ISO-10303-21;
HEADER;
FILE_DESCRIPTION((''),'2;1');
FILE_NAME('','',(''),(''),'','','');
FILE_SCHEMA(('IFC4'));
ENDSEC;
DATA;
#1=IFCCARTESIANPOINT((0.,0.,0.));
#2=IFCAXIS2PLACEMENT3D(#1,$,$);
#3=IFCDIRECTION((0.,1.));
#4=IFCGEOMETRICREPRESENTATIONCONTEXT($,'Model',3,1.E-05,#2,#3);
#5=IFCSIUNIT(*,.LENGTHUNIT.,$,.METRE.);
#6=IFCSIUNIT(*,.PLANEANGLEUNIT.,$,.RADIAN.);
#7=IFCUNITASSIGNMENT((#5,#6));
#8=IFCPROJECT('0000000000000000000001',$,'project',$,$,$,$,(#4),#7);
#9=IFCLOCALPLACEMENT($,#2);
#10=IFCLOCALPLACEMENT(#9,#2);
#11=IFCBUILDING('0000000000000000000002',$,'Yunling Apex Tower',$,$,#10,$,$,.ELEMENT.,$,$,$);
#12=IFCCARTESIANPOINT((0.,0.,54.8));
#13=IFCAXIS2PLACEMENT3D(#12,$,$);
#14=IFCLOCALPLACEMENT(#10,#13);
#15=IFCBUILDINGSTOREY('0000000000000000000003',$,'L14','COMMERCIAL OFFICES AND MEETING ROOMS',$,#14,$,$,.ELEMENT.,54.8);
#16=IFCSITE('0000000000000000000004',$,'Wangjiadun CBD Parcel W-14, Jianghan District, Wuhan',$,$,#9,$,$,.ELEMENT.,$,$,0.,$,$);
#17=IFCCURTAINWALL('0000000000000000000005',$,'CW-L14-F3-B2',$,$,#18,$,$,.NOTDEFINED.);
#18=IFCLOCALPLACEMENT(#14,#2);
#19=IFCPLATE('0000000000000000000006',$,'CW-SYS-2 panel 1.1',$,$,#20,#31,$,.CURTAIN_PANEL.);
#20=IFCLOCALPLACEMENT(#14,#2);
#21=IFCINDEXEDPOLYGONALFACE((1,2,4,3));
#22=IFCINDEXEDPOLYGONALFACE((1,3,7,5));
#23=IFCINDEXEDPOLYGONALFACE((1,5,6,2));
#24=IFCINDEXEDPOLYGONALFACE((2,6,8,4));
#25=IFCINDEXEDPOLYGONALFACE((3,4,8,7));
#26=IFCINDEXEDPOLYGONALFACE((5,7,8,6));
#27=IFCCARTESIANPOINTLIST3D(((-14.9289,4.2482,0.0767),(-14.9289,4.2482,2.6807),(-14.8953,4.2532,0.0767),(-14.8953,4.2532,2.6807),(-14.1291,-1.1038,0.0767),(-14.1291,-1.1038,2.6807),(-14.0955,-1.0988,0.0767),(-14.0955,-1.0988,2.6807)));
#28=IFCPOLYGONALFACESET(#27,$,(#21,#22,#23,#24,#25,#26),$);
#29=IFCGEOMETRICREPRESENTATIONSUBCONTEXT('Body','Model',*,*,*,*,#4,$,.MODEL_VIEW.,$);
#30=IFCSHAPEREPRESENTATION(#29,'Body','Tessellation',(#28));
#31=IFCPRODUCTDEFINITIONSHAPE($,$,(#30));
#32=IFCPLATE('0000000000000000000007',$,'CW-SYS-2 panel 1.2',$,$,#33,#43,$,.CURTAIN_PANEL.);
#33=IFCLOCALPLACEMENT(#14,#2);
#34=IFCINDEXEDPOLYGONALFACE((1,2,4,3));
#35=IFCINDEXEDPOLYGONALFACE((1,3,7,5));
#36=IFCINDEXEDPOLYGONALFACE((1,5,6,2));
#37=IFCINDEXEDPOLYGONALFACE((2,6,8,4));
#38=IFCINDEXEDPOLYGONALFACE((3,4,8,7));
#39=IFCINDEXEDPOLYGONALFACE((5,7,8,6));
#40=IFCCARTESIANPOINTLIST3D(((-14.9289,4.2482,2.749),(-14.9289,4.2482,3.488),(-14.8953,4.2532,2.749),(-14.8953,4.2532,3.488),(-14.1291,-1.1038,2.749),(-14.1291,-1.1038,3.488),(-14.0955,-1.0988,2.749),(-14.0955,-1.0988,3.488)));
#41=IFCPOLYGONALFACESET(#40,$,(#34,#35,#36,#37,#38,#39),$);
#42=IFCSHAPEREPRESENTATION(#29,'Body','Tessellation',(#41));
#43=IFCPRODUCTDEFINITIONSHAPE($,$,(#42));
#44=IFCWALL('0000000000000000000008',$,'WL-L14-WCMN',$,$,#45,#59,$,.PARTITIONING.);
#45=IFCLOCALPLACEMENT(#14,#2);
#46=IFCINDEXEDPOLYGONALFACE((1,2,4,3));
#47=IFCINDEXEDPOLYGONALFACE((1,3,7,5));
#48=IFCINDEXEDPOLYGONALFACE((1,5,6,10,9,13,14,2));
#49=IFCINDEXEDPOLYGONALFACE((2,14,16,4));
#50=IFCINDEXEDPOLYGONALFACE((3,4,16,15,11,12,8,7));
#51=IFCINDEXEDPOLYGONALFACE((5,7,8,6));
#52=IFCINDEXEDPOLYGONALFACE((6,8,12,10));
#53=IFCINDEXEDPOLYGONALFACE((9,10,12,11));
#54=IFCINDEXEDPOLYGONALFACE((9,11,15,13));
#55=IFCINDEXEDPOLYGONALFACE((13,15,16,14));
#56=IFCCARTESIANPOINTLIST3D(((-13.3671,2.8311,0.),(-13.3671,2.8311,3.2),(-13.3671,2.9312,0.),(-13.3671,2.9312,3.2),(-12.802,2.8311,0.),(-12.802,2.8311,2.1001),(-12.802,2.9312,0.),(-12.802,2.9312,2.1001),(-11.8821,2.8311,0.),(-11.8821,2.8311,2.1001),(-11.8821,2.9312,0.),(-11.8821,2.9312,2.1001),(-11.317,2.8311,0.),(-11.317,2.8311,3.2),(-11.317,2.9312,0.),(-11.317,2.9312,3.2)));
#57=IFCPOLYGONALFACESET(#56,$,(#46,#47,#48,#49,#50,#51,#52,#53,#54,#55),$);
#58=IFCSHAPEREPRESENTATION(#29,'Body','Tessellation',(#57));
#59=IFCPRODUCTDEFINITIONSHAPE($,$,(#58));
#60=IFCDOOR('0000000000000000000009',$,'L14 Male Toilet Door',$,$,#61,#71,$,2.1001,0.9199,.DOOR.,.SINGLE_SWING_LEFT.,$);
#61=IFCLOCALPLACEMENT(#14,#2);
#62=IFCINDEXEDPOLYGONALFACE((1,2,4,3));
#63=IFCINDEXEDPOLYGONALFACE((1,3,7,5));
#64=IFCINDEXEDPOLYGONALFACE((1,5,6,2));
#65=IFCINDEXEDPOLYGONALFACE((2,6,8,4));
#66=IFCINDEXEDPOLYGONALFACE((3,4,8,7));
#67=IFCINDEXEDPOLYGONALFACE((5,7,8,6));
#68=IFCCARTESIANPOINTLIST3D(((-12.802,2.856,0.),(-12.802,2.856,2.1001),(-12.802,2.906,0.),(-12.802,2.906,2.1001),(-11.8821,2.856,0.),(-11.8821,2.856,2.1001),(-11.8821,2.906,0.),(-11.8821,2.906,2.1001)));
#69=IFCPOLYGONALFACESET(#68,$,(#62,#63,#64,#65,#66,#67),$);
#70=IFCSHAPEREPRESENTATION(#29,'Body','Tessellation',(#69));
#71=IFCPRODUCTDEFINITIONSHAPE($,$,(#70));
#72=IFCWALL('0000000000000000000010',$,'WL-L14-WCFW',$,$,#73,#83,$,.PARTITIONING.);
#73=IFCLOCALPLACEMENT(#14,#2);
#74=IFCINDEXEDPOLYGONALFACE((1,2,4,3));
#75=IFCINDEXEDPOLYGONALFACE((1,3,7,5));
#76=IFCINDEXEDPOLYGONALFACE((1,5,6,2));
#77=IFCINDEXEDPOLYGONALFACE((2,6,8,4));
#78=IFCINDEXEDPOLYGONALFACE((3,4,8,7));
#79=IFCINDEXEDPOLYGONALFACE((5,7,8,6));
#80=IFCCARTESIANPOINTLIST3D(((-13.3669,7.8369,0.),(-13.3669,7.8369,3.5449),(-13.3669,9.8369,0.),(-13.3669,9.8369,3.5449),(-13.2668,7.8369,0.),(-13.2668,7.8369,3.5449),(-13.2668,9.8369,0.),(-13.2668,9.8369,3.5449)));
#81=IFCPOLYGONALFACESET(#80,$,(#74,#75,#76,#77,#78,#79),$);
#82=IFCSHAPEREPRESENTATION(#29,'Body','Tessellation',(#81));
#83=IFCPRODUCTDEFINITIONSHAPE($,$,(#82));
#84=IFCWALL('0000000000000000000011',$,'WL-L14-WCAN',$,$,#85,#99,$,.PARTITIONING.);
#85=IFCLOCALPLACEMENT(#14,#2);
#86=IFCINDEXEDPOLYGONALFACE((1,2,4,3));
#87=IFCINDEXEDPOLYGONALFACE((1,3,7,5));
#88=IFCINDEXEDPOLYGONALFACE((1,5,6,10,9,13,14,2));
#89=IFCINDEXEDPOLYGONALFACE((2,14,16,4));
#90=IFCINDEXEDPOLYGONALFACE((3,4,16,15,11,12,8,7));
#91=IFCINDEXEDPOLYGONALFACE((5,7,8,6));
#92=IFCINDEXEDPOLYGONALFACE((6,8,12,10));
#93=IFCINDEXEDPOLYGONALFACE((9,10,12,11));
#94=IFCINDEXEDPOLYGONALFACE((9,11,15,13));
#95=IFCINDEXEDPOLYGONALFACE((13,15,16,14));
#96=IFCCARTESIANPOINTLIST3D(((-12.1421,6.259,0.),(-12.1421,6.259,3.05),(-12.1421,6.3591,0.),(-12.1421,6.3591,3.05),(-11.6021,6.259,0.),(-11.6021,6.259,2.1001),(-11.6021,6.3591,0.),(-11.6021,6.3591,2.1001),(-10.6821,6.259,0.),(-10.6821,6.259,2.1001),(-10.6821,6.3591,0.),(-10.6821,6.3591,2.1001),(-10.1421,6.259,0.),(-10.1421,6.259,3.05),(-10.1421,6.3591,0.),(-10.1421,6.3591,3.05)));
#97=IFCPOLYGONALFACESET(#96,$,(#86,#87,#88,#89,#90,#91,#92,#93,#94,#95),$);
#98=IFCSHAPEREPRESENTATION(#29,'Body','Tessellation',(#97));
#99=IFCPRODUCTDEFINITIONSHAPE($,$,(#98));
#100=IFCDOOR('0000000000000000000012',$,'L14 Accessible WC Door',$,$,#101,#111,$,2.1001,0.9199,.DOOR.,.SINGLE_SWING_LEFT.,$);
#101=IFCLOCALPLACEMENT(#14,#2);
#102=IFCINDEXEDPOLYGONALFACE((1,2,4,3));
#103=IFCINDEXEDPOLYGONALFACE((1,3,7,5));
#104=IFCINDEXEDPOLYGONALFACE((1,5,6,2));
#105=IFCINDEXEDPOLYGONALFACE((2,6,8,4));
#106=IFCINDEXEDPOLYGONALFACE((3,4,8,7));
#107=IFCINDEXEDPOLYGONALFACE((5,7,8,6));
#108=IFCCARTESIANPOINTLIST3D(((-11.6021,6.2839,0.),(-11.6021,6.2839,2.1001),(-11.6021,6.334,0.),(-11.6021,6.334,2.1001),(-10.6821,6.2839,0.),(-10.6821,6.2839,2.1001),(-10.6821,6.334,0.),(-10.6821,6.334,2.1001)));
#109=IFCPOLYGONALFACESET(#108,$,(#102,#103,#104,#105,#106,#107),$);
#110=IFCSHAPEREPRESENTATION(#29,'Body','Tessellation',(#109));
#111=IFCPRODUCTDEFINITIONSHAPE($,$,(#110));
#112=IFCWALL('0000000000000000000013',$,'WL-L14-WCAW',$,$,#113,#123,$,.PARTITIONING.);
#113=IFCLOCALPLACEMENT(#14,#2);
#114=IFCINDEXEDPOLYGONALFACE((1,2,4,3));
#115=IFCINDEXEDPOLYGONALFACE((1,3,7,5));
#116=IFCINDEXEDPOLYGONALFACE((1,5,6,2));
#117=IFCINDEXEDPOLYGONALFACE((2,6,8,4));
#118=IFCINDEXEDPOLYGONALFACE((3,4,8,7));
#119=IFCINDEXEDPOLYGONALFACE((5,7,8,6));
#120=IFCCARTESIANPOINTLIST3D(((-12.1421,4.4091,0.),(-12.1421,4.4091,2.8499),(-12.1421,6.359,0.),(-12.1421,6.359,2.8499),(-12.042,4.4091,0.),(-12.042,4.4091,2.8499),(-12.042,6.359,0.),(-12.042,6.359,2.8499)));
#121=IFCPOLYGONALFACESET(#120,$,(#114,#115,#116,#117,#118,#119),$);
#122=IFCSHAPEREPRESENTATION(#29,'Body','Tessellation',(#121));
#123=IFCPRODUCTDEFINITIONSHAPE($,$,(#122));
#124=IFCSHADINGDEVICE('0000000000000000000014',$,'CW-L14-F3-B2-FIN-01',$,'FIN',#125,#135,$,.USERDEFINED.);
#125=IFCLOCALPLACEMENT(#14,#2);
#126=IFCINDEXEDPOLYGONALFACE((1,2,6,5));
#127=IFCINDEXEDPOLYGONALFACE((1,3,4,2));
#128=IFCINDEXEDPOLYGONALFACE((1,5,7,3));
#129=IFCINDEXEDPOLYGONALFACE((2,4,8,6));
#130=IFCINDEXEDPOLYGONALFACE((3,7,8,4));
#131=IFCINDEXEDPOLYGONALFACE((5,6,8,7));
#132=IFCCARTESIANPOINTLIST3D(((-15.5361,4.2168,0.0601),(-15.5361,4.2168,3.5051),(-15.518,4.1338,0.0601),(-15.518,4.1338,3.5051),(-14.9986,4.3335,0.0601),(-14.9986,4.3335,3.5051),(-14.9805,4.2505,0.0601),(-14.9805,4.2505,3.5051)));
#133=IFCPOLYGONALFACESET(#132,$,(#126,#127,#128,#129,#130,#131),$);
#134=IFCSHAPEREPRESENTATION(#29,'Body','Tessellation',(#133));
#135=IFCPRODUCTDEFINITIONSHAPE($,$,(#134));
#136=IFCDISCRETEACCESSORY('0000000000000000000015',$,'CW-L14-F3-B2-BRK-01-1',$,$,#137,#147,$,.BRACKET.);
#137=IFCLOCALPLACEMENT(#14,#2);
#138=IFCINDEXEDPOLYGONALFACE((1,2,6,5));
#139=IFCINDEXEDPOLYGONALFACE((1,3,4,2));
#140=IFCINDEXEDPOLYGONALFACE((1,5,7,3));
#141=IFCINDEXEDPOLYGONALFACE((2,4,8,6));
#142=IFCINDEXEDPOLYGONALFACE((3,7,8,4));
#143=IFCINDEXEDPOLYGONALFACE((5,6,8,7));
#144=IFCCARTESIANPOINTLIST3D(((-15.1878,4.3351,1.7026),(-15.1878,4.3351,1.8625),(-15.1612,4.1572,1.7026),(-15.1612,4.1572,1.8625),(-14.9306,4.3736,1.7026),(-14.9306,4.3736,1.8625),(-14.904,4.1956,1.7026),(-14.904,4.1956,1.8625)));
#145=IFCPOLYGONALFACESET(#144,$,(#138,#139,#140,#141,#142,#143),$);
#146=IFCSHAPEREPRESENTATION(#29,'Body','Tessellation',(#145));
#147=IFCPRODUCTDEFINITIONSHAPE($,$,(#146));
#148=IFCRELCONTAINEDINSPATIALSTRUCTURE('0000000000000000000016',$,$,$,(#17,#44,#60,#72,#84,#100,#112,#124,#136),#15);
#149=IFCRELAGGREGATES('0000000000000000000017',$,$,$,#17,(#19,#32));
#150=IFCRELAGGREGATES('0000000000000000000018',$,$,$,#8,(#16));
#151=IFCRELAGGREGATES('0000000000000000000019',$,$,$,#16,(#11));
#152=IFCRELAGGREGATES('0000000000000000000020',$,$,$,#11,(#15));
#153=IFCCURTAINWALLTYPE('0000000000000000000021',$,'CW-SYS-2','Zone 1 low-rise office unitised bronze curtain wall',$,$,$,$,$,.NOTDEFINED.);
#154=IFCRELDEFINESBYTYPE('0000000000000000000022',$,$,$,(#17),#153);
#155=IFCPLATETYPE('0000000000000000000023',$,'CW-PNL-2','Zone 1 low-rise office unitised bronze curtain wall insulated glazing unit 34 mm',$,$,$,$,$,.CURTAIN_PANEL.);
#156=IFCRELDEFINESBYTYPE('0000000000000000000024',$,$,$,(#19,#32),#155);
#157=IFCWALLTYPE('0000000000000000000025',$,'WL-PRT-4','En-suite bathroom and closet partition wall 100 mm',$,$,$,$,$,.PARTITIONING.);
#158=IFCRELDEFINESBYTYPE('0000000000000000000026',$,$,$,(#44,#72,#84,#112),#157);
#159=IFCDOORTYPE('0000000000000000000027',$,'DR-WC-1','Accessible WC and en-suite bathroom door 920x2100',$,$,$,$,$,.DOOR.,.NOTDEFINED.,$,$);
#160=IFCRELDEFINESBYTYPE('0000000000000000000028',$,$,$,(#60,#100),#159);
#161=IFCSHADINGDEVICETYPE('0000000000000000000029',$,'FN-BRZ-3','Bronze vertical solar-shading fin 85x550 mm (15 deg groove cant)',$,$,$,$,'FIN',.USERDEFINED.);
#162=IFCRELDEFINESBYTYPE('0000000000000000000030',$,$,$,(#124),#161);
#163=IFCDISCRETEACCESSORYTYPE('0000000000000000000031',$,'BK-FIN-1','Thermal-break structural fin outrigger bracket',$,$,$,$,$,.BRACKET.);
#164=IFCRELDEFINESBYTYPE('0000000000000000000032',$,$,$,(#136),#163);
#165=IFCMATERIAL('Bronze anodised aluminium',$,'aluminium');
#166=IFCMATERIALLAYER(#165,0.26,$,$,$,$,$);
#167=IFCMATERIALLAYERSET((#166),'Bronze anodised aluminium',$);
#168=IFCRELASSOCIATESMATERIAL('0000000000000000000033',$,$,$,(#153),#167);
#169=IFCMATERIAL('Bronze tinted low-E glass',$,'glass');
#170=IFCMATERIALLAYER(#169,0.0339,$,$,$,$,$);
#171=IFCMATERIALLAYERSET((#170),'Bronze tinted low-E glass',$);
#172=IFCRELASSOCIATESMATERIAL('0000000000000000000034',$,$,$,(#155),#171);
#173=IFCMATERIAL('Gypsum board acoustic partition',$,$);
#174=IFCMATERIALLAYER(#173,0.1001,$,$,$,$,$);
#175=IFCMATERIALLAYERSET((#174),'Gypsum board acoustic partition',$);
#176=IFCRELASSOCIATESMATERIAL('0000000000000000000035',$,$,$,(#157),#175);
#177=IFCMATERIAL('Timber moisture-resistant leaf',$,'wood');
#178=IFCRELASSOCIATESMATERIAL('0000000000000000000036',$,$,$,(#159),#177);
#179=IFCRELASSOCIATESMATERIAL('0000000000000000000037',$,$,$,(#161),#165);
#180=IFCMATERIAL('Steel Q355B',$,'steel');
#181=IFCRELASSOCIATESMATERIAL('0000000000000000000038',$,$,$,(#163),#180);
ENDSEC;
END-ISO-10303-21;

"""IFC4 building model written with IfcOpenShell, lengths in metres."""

from ifc_helpers import new_model, si_unit, direction, frame, frame_2d, origin, origin_2d, place, context, subcontext, project, spatial, rectangle, extrude, source, transform, mapped, material, layer, layer_set, material_profile, profile_set, type_object, element, fill, aggregate, save


model = new_model("IFC4")

# Units and contexts
model_context = context("Model", 3, precision=1e-05, world=origin(), true_north=direction((0.0, 1.0)))
body_context = subcontext(model_context, "Body", "Model", "MODEL_VIEW")
ifc_project = project(units=[si_unit("LENGTHUNIT", "METRE"), si_unit("PLANEANGLEUNIT", "RADIAN")], contexts=[model_context])

# Site, building, storey
site_placement = place(None, origin())
site = spatial("IfcSite", under=ifc_project, at=site_placement, Name="Wangjiadun CBD Parcel W-14, Jianghan District, Wuhan", CompositionType="ELEMENT", RefElevation=0.0)
building_placement = place(site_placement, origin())
building = spatial("IfcBuilding", under=site, at=building_placement, Name="Yunling Apex Tower", CompositionType="ELEMENT")
storey_placement = place(building_placement, frame((0.0, 0.0, 54.8)))
storey = spatial("IfcBuildingStorey", under=building, at=storey_placement, Name="L14", Description="COMMERCIAL OFFICES AND MEETING ROOMS", CompositionType="ELEMENT", Elevation=54.8)

# Shared definitions
ifc_material_1 = material(Name="Steel Q355B", Category="steel")

# Shared definitions
ifc_material_2 = material(Name="Bronze anodised aluminium", Category="aluminium")
ifc_layer_1 = layer(ifc_material_2, 0.26)
ifc_layer_set_1 = layer_set([ifc_layer_1], Name="Bronze anodised aluminium")
curtain_wall_type = type_object("IfcCurtainWallType", Name="CW-SYS-2", Description="Zone 1 low-rise office unitised bronze curtain wall", PredefinedType="NOTDEFINED", material=ifc_layer_set_1)

# Curtain wall
curtain_wall_1_placement = place(storey_placement, origin())
curtain_wall_1 = element("IfcCurtainWall", 1, at=curtain_wall_1_placement, inside=storey, type_object=curtain_wall_type, Name="CW-L14-F3-B2", PredefinedType="NOTDEFINED")

# Plates
ifc_material_3 = material(Name="Bronze tinted low-E glass", Category="glass")
ifc_layer_2 = layer(ifc_material_3, 0.0339)
ifc_layer_set_2 = layer_set([ifc_layer_2], Name="Bronze tinted low-E glass")
plate_type_1 = type_object("IfcPlateType", Name="CW-PNL-2", Description="Zone 1 low-rise office unitised bronze curtain wall insulated glazing unit 34 mm", PredefinedType="CURTAIN_PANEL", material=ifc_layer_set_2)
shared_shape_1 = source(origin(), body_context, "Body", "SweptSolid", [
    extrude(rectangle(XDim=5.4114, YDim=0.0339, at=origin_2d()), origin(), (0.0, 0.0, 1.0), 2.604),
])
plate_1_placement = place(storey_placement, frame((-14.5122, 1.5747, 0.0767), z_axis=(0.0, 0.0, 1.0), x_axis=(0.147801, -0.989017, 0.0)))
plate_1 = element("IfcPlate", 2, at=plate_1_placement, type_object=plate_type_1, Name="CW-SYS-2 panel 1.1", PredefinedType="CURTAIN_PANEL", context=body_context, shape_type="MappedRepresentation", body=[
    mapped(shared_shape_1, transform((0.0, 0.0, 0.0), scale=1.0)),
])
shared_shape_2 = source(origin(), body_context, "Body", "SweptSolid", [
    extrude(rectangle(XDim=5.4114, YDim=0.0339, at=origin_2d()), origin(), (0.0, 0.0, 1.0), 0.739),
])
plate_2_placement = place(storey_placement, frame((-14.5122, 1.5747, 2.749), z_axis=(0.0, 0.0, 1.0), x_axis=(0.147801, -0.989017, 0.0)))
plate_2 = element("IfcPlate", 3, at=plate_2_placement, type_object=plate_type_1, Name="CW-SYS-2 panel 1.2", PredefinedType="CURTAIN_PANEL", context=body_context, shape_type="MappedRepresentation", body=[
    mapped(shared_shape_2, transform((0.0, 0.0, 0.0), scale=1.0)),
])
aggregate(curtain_wall_1, [plate_1, plate_2])

# Wall, opening, door
ifc_material_4 = material(Name="Gypsum board acoustic partition")
ifc_layer_3 = layer(ifc_material_4, 0.1001)
ifc_layer_set_3 = layer_set([ifc_layer_3], Name="Gypsum board acoustic partition")
wall_type = type_object("IfcWallType", Name="WL-PRT-4", Description="En-suite bathroom and closet partition wall 100 mm", PredefinedType="PARTITIONING", material=ifc_layer_set_3)
wall_1_placement = place(storey_placement, frame((-13.3669, 2.8811, 0.0), z_axis=(0.0, 0.0, 1.0), x_axis=(1.0, 0.0, 0.0)))
wall_1 = element("IfcWall", 4, at=wall_1_placement, inside=storey, type_object=wall_type, Name="WL-L14-WCMN", PredefinedType="PARTITIONING", context=body_context, shape_type="SweptSolid", body=[
    extrude(rectangle(XDim=2.05, YDim=0.1001, at=frame_2d((1.0249, 0.0))), origin(), (0.0, 0.0, 1.0), 3.2),
])
opening_1_placement = place(wall_1_placement, frame((0.5649, 0.0, 0.0)))
opening_1 = element("IfcOpeningElement", 5, at=opening_1_placement, cuts=wall_1, PredefinedType="OPENING", context=body_context, shape_type="SweptSolid", body=[
    extrude(rectangle(XDim=0.9199, YDim=2.1001, at=frame_2d((0.46, 1.05))), frame((0.0, 0.0601, 0.0), z_axis=(0.0, -1.0, 0.0), x_axis=(1.0, 0.0, 0.0)), (0.0, 0.0, 1.0), 0.1201),
])
ifc_material_5 = material(Name="Timber moisture-resistant leaf", Category="wood")
door_type = type_object("IfcDoorType", Name="DR-WC-1", Description="Accessible WC and en-suite bathroom door 920x2100", OperationType="NOTDEFINED", PredefinedType="DOOR", material=ifc_material_5)
door_1_placement = place(opening_1_placement, origin())
door_1 = element("IfcDoor", 6, at=door_1_placement, inside=storey, type_object=door_type, Name="L14 Male Toilet Door", OperationType="SINGLE_SWING_LEFT", OverallHeight=2.1001, OverallWidth=0.9199, PredefinedType="DOOR", context=body_context, shape_type="SweptSolid", body=[
    extrude(rectangle(XDim=0.9199, YDim=2.1001, at=frame_2d((0.46, 1.05))), frame((0.0, 0.0249, 0.0), z_axis=(0.0, -1.0, 0.0), x_axis=(1.0, 0.0, 0.0)), (0.0, 0.0, 1.0), 0.05),
])
fill(opening_1, door_1)

# Wall
wall_2_placement = place(storey_placement, frame((-13.3169, 7.8369, 0.0), z_axis=(0.0, 0.0, 1.0), x_axis=(0.0, 1.0, 0.0)))
element("IfcWall", 7, at=wall_2_placement, inside=storey, type_object=wall_type, Name="WL-L14-WCFW", PredefinedType="PARTITIONING", context=body_context, shape_type="SweptSolid", body=[
    extrude(rectangle(XDim=2.0, YDim=0.1001, at=frame_2d((1.0, 0.0))), origin(), (0.0, 0.0, 1.0), 3.5449),
])

# Wall, opening, door
wall_3_placement = place(storey_placement, frame((-12.1421, 6.3091, 0.0), z_axis=(0.0, 0.0, 1.0), x_axis=(1.0, 0.0, 0.0)))
wall_3 = element("IfcWall", 8, at=wall_3_placement, inside=storey, type_object=wall_type, Name="WL-L14-WCAN", PredefinedType="PARTITIONING", context=body_context, shape_type="SweptSolid", body=[
    extrude(rectangle(XDim=2.0, YDim=0.1001, at=frame_2d((1.0, 0.0))), origin(), (0.0, 0.0, 1.0), 3.05),
])
opening_2_placement = place(wall_3_placement, frame((0.54, 0.0, 0.0)))
opening_2 = element("IfcOpeningElement", 9, at=opening_2_placement, cuts=wall_3, PredefinedType="OPENING", context=body_context, shape_type="SweptSolid", body=[
    extrude(rectangle(XDim=0.9199, YDim=2.1001, at=frame_2d((0.46, 1.05))), frame((0.0, 0.0601, 0.0), z_axis=(0.0, -1.0, 0.0), x_axis=(1.0, 0.0, 0.0)), (0.0, 0.0, 1.0), 0.1201),
])
door_2_placement = place(opening_2_placement, origin())
door_2 = element("IfcDoor", 10, at=door_2_placement, inside=storey, type_object=door_type, Name="L14 Accessible WC Door", OperationType="SINGLE_SWING_LEFT", OverallHeight=2.1001, OverallWidth=0.9199, PredefinedType="DOOR", context=body_context, shape_type="SweptSolid", body=[
    extrude(rectangle(XDim=0.9199, YDim=2.1001, at=frame_2d((0.46, 1.05))), frame((0.0, 0.0249, 0.0), z_axis=(0.0, -1.0, 0.0), x_axis=(1.0, 0.0, 0.0)), (0.0, 0.0, 1.0), 0.05),
])
fill(opening_2, door_2)

# Wall
wall_4_placement = place(storey_placement, frame((-12.092, 4.4089, 0.0), z_axis=(0.0, 0.0, 1.0), x_axis=(0.0, 1.0, 0.0)))
element("IfcWall", 11, at=wall_4_placement, inside=storey, type_object=wall_type, Name="WL-L14-WCAW", PredefinedType="PARTITIONING", context=body_context, shape_type="SweptSolid", body=[
    extrude(rectangle(XDim=1.95, YDim=0.1001, at=frame_2d((0.9751, 0.0))), origin(), (0.0, 0.0, 1.0), 2.8499),
])

# Shading device
ifc_material_profile_1 = material_profile(ifc_material_2, rectangle(XDim=0.085, YDim=0.55, at=origin_2d()))
ifc_profile_set_1 = profile_set([ifc_material_profile_1], Name="Bronze anodised aluminium")
shading_device_type = type_object("IfcShadingDeviceType", Name="FN-BRZ-3", Description="Bronze vertical solar-shading fin 85x550 mm (15 deg groove cant)", ElementType="FIN", PredefinedType="USERDEFINED", material=ifc_profile_set_1)
shared_shape_3 = source(origin(), body_context, "Body", "SweptSolid", [
    extrude(rectangle(XDim=0.085, YDim=0.55, at=origin_2d()), origin(), (0.0, 0.0, 1.0), 3.4451),
])
shading_device_placement = place(storey_placement, frame((-15.2583, 4.2336, 0.0601), z_axis=(0.0, 0.0, 1.0), x_axis=(0.212178, -0.977231, 0.0)))
element("IfcShadingDevice", 12, at=shading_device_placement, inside=storey, type_object=shading_device_type, Name="CW-L14-F3-B2-FIN-01", ObjectType="FIN", PredefinedType="USERDEFINED", context=body_context, shape_type="MappedRepresentation", body=[
    mapped(shared_shape_3, transform((0.0, 0.0, 0.0), scale=1.0)),
])

# Discrete accessory
discrete_accessory_type = type_object("IfcDiscreteAccessoryType", Name="BK-FIN-1", Description="Thermal-break structural fin outrigger bracket", PredefinedType="BRACKET", material=ifc_material_1)
shared_shape_4 = source(origin(), body_context, "Body", "SweptSolid", [
    extrude(rectangle(XDim=0.1799, YDim=0.26, at=origin_2d()), origin(), (0.0, 0.0, 1.0), 0.1599),
])
discrete_accessory_placement = place(storey_placement, frame((-15.0459, 4.2654, 1.7026), z_axis=(0.0, 0.0, 1.0), x_axis=(0.147809, -0.989016, 0.0)))
element("IfcDiscreteAccessory", 13, at=discrete_accessory_placement, inside=storey, type_object=discrete_accessory_type, Name="CW-L14-F3-B2-BRK-01-1", PredefinedType="BRACKET", context=body_context, shape_type="MappedRepresentation", body=[
    mapped(shared_shape_4, transform((0.0, 0.0, 0.0), scale=1.0)),
])

save(model, "model.ifc")
